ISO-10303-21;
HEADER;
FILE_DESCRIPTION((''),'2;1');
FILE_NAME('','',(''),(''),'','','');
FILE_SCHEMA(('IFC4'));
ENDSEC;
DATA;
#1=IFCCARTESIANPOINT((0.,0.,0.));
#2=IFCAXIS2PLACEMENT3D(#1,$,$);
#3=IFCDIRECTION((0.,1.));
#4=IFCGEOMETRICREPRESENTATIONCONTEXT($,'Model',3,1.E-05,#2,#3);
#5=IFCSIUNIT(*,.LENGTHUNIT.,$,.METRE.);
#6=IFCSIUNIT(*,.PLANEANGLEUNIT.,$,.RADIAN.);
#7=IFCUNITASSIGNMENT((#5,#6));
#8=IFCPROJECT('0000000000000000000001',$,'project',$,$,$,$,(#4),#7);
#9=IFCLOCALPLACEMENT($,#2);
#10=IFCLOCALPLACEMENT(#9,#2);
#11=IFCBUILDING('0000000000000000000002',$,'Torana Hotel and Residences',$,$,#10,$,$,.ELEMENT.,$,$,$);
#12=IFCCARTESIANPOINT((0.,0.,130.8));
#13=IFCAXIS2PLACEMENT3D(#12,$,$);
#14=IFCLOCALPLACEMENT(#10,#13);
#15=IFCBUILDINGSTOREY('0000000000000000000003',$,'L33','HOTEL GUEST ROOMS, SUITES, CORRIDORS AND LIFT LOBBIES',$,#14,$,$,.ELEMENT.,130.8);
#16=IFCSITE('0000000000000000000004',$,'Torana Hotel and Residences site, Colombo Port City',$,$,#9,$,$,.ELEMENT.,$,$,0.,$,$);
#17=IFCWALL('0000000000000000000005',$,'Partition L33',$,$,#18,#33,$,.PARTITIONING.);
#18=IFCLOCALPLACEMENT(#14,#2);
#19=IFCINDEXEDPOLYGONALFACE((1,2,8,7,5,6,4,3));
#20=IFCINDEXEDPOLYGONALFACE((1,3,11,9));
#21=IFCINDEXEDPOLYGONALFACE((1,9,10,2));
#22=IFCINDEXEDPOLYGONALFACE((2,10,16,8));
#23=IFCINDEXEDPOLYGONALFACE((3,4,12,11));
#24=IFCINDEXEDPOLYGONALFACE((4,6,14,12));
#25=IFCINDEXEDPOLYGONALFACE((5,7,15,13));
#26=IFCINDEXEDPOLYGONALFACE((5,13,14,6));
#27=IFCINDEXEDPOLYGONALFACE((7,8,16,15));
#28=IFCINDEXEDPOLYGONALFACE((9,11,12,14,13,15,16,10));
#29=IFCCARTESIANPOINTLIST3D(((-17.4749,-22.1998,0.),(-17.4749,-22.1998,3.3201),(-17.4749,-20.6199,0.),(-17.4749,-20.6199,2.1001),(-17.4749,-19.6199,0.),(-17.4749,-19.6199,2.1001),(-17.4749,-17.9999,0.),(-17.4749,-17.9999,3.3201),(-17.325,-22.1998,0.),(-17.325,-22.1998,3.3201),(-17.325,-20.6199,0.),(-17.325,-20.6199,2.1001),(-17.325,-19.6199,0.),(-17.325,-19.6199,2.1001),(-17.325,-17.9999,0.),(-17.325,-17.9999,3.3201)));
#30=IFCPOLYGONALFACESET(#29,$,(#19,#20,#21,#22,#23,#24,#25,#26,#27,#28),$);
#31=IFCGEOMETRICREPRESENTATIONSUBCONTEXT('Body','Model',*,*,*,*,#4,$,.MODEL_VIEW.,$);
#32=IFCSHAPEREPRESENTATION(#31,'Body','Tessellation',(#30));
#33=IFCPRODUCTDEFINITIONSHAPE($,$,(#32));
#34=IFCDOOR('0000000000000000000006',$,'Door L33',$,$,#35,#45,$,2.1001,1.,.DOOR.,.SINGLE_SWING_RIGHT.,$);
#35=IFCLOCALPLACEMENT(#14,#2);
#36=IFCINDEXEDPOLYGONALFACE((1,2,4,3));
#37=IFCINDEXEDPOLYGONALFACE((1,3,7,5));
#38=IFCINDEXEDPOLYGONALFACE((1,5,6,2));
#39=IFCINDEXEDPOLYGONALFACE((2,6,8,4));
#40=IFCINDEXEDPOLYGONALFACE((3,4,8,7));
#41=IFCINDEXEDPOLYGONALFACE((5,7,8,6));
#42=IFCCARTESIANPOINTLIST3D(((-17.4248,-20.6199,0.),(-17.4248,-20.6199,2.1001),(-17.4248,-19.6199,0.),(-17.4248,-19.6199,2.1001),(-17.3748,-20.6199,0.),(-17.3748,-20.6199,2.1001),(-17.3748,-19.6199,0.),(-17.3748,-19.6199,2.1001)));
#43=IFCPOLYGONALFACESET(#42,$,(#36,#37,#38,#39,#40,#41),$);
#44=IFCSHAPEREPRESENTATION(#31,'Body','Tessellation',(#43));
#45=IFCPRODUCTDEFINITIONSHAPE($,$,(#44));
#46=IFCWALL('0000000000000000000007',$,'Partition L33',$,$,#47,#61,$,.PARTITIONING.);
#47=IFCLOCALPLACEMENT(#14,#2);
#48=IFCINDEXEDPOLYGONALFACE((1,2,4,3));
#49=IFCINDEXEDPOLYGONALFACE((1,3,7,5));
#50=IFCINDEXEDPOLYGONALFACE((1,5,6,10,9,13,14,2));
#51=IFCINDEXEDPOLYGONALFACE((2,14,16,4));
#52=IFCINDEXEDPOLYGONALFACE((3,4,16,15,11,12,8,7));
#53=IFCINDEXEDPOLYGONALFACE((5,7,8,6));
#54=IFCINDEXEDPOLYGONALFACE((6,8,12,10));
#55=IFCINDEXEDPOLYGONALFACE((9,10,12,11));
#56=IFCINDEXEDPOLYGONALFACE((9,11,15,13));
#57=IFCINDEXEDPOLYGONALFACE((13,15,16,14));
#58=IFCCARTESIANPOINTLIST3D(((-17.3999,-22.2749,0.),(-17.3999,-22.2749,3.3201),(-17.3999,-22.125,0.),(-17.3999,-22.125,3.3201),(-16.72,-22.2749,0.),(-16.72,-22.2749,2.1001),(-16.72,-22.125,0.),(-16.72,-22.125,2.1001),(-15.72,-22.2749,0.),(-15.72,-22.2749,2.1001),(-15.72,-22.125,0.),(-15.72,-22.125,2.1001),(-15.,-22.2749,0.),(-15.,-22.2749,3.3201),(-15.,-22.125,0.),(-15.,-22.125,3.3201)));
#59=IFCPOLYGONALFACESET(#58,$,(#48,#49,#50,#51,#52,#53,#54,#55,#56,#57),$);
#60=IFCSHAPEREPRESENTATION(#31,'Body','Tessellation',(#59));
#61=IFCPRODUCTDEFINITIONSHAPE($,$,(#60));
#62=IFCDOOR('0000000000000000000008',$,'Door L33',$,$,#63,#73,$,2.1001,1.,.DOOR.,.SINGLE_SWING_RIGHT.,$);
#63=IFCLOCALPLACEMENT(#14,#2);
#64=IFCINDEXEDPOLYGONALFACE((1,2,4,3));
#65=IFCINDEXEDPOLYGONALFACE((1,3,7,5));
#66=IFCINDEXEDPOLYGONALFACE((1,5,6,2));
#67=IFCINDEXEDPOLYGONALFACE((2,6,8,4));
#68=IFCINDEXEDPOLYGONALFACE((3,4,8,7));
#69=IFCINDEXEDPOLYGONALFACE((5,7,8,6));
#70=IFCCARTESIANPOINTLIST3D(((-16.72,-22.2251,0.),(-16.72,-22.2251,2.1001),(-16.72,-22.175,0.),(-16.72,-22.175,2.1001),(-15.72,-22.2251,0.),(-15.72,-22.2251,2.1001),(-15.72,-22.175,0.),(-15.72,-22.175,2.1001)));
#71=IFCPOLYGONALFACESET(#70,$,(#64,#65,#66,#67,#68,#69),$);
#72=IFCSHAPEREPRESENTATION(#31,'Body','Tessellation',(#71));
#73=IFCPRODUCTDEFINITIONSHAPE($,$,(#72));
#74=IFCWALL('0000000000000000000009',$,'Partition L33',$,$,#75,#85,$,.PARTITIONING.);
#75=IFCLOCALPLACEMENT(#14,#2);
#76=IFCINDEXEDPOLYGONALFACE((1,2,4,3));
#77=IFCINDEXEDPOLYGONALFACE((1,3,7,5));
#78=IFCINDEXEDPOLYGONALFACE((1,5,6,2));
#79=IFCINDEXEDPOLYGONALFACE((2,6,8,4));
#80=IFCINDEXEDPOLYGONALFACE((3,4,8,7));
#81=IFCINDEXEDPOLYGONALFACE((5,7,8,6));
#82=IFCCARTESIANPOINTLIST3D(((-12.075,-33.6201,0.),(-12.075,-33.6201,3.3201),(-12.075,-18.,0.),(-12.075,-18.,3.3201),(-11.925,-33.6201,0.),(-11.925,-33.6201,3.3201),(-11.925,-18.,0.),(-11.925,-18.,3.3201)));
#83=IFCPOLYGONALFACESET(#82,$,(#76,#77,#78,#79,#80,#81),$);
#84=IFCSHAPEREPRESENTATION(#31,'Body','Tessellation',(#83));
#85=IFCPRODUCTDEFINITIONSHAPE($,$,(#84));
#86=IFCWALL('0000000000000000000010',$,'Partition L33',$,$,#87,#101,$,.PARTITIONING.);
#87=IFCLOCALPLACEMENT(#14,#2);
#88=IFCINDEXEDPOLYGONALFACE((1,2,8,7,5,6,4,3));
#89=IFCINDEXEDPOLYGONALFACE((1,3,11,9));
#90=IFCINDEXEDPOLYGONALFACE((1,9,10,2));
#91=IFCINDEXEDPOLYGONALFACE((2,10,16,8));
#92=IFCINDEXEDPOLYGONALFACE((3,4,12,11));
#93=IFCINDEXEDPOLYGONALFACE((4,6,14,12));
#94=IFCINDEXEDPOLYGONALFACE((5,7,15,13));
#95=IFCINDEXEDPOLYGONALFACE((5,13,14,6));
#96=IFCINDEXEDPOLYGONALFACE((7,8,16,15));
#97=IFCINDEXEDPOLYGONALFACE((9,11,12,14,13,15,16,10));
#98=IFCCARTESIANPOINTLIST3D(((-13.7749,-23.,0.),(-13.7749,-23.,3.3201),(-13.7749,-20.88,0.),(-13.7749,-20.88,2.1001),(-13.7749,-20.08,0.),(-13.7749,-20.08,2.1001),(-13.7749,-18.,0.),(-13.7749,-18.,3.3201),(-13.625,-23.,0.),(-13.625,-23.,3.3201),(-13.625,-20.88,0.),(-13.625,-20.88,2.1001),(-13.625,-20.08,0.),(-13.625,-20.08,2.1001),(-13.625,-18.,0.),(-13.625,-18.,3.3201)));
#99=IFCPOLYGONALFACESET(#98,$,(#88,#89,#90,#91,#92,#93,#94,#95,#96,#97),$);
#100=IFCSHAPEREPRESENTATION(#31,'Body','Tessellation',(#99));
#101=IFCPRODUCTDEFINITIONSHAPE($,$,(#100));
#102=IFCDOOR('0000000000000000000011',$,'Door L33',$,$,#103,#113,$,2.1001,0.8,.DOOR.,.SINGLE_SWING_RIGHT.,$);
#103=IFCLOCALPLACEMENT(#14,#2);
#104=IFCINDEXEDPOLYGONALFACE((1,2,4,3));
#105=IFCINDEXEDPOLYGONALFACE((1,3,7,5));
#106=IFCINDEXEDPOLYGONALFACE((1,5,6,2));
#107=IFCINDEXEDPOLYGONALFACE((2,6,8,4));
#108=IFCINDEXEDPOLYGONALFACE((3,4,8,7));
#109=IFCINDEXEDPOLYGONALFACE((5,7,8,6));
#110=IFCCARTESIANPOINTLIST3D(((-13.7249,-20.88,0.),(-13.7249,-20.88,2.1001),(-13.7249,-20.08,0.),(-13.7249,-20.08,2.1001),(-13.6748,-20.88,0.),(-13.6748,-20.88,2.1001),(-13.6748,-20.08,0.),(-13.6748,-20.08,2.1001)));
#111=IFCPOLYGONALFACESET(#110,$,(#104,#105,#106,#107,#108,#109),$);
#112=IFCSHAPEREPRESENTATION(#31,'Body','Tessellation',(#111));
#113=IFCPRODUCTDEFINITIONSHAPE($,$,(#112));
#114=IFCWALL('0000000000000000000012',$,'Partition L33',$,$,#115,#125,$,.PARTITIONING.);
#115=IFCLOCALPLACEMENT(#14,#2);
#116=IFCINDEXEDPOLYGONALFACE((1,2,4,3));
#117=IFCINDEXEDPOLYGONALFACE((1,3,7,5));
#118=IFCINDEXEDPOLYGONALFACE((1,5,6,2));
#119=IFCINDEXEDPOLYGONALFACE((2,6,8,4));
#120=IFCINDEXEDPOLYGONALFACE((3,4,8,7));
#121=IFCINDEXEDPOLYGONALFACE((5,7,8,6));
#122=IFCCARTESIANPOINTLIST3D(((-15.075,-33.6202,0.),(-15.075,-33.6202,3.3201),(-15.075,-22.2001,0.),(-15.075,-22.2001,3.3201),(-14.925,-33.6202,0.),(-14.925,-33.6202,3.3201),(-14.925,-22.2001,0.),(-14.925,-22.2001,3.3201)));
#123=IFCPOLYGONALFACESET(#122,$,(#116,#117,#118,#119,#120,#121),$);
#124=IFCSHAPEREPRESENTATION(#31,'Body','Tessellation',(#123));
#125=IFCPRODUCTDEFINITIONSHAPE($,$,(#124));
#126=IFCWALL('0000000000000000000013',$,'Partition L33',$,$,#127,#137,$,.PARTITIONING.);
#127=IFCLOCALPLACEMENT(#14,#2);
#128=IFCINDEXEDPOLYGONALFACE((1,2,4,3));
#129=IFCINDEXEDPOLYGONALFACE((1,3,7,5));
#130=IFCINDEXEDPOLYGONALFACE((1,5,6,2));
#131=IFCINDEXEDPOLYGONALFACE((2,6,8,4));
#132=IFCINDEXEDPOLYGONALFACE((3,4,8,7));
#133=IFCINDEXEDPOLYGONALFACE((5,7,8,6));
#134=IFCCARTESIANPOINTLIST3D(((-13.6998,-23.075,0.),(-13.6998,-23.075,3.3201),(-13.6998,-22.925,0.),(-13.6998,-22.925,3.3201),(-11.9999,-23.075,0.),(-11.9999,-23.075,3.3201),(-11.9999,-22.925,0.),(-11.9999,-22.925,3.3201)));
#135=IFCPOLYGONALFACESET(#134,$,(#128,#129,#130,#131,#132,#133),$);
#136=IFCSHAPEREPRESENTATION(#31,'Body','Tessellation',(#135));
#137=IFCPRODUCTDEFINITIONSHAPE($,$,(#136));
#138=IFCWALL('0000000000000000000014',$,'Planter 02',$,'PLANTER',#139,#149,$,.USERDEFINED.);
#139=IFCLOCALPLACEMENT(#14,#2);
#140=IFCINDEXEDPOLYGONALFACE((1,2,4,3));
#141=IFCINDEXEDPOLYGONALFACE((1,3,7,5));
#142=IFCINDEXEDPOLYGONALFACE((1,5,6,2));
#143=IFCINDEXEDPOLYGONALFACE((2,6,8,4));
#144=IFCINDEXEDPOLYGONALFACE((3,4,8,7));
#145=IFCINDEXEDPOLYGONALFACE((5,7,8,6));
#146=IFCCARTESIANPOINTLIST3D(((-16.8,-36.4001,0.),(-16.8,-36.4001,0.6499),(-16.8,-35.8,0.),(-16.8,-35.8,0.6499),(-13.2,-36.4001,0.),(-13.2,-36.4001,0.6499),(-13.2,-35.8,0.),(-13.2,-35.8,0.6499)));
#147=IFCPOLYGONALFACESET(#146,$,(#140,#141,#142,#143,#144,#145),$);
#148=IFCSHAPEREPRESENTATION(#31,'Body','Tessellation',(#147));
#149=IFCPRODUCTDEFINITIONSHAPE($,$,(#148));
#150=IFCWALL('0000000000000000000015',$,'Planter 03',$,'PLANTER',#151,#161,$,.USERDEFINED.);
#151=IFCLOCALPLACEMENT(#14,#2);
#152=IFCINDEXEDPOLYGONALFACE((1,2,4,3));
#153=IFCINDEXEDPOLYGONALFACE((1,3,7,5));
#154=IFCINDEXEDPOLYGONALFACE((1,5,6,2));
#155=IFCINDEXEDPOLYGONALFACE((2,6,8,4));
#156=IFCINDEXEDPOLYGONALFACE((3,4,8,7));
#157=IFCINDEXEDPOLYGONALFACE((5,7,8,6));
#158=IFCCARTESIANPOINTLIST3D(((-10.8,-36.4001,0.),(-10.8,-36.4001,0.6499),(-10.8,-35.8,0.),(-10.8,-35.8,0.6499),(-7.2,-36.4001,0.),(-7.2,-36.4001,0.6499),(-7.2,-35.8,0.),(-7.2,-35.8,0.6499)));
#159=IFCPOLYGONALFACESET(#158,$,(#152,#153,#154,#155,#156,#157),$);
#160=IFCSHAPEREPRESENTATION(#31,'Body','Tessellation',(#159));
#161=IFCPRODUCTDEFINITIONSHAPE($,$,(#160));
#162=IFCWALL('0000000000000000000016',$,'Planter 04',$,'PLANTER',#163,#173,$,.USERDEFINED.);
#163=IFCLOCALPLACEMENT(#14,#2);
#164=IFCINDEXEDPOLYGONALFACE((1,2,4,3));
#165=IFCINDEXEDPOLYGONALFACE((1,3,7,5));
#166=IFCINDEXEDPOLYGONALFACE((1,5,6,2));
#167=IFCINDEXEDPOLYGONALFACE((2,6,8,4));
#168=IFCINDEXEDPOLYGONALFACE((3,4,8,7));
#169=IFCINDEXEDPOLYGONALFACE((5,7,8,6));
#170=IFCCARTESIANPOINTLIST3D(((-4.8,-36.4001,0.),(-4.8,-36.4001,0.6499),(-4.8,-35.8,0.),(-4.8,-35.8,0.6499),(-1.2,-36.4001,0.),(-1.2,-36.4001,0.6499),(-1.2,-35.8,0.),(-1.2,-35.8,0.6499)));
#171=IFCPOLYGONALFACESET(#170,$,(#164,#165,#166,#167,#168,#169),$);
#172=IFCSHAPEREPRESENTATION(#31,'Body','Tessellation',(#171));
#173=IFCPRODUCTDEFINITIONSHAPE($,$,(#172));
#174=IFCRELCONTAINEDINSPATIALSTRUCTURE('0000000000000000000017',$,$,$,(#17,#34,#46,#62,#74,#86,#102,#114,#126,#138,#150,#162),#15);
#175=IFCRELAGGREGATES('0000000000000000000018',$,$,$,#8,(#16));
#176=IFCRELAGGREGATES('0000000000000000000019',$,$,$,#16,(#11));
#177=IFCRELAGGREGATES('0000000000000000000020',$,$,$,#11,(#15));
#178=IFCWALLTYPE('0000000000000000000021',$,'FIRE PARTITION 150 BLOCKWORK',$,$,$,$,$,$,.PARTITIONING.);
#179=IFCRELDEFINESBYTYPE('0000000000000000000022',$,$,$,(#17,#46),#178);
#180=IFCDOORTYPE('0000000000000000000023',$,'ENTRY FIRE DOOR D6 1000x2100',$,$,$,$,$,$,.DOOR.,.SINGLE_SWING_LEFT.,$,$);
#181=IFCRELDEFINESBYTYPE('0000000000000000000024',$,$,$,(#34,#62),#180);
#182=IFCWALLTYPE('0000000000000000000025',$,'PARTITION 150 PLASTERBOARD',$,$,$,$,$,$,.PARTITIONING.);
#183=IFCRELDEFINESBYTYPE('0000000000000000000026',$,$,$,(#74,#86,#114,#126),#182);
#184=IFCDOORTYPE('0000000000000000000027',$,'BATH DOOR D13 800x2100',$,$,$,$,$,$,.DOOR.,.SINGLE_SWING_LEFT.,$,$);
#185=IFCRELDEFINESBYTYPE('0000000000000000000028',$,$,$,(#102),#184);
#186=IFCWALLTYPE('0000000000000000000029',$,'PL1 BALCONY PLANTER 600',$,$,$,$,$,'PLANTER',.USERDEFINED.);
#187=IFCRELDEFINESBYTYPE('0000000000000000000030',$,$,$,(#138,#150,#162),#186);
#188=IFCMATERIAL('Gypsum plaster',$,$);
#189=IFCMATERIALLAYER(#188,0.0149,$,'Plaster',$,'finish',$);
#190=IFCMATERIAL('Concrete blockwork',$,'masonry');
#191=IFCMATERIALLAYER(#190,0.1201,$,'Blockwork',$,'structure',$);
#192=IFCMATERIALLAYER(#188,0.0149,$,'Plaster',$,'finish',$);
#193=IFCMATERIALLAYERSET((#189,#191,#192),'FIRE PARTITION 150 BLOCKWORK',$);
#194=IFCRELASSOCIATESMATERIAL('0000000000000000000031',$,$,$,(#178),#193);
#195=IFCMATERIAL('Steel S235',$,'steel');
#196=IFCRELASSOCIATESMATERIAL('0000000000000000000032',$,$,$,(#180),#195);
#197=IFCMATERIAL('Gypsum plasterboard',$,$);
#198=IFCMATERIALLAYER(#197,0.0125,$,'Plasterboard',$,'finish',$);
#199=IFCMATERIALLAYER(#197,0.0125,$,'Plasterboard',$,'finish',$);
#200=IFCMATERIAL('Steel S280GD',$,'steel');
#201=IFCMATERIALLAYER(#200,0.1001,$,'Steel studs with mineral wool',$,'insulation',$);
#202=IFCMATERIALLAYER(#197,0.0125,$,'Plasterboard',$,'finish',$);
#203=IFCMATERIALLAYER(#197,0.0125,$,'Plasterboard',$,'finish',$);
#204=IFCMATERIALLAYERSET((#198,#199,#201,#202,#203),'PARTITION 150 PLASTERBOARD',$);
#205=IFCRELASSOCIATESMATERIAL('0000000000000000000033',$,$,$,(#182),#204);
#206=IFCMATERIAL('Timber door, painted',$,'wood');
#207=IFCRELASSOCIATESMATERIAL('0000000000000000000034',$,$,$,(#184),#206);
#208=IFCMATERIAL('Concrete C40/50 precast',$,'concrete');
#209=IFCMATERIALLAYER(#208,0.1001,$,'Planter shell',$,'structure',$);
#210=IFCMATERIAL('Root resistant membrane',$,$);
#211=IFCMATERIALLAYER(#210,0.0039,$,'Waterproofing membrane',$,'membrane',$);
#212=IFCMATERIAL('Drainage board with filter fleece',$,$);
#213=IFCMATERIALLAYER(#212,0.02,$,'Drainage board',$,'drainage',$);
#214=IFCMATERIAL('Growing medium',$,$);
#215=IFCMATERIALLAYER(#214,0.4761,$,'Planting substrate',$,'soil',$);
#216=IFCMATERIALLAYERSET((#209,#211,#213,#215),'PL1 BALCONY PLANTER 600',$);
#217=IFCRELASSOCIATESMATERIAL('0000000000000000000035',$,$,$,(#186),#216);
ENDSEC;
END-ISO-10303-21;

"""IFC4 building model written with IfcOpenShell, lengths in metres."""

from ifc_helpers import new_model, si_unit, direction, frame, frame_2d, origin, place, context, subcontext, project, spatial, rectangle, extrude, material, layer, layer_set, type_object, element, fill, save


model = new_model("IFC4")

# Units and contexts
model_context = context("Model", 3, precision=1e-05, world=origin(), true_north=direction((0.0, 1.0)))
body_context = subcontext(model_context, "Body", "Model", "MODEL_VIEW")
ifc_project = project(units=[si_unit("LENGTHUNIT", "METRE"), si_unit("PLANEANGLEUNIT", "RADIAN")], contexts=[model_context])

# Site, building, storey
site_placement = place(None, origin())
site = spatial("IfcSite", under=ifc_project, at=site_placement, Name="Torana Hotel and Residences site, Colombo Port City", CompositionType="ELEMENT", RefElevation=0.0)
building_placement = place(site_placement, origin())
building = spatial("IfcBuilding", under=site, at=building_placement, Name="Torana Hotel and Residences", CompositionType="ELEMENT")
storey_placement = place(building_placement, frame((0.0, 0.0, 130.8)))
storey = spatial("IfcBuildingStorey", under=building, at=storey_placement, Name="L33", Description="HOTEL GUEST ROOMS, SUITES, CORRIDORS AND LIFT LOBBIES", CompositionType="ELEMENT", Elevation=130.8)

# Shared definitions
ifc_material_1 = material(Name="Gypsum plaster")
ifc_layer_1 = layer(ifc_material_1, 0.0149, Name="Plaster", Category="finish")
ifc_material_2 = material(Name="Concrete blockwork", Category="masonry")
ifc_layer_2 = layer(ifc_material_2, 0.1201, Name="Blockwork", Category="structure")
ifc_layer_3 = layer(ifc_material_1, 0.0149, Name="Plaster", Category="finish")
ifc_layer_set_1 = layer_set([ifc_layer_1, ifc_layer_2, ifc_layer_3], Name="FIRE PARTITION 150 BLOCKWORK")
wall_type_1 = type_object("IfcWallType", Name="FIRE PARTITION 150 BLOCKWORK", PredefinedType="PARTITIONING", material=ifc_layer_set_1)
ifc_material_3 = material(Name="Steel S235", Category="steel")
door_type_1 = type_object("IfcDoorType", Name="ENTRY FIRE DOOR D6 1000x2100", OperationType="SINGLE_SWING_LEFT", PredefinedType="DOOR", material=ifc_material_3)

# Walls, openings, doors
wall_1_placement = place(storey_placement, frame((-17.3999, -22.2, 0.0), z_axis=(0.0, 0.0, 1.0), x_axis=(0.0, 1.0, 0.0)))
wall_1 = element("IfcWall", 1, at=wall_1_placement, inside=storey, type_object=wall_type_1, Name="Partition L33", PredefinedType="PARTITIONING", context=body_context, shape_type="SweptSolid", body=[
    extrude(rectangle(XDim=4.2, YDim=0.1499, at=frame_2d((2.1001, 0.0))), origin(), (0.0, 0.0, 1.0), 3.3201),
])
opening_1_placement = place(wall_1_placement, frame((1.5801, 0.0, 0.0)))
opening_1 = element("IfcOpeningElement", 2, at=opening_1_placement, cuts=wall_1, PredefinedType="OPENING", context=body_context, shape_type="SweptSolid", body=[
    extrude(rectangle(XDim=1.0, YDim=2.1001, at=frame_2d((0.5, 1.05))), frame((0.0, 0.085, 0.0), z_axis=(0.0, -1.0, 0.0), x_axis=(1.0, 0.0, 0.0)), (0.0, 0.0, 1.0), 0.1699),
])
door_1_placement = place(opening_1_placement, origin())
door_1 = element("IfcDoor", 3, at=door_1_placement, inside=storey, type_object=door_type_1, Name="Door L33", OperationType="SINGLE_SWING_RIGHT", OverallHeight=2.1001, OverallWidth=1.0, PredefinedType="DOOR", context=body_context, shape_type="SweptSolid", body=[
    extrude(rectangle(XDim=1.0, YDim=2.1001, at=frame_2d((0.5, 1.05))), frame((0.0, 0.0249, 0.0), z_axis=(0.0, -1.0, 0.0), x_axis=(1.0, 0.0, 0.0)), (0.0, 0.0, 1.0), 0.05),
])
fill(opening_1, door_1)
wall_2_placement = place(storey_placement, frame((-17.3999, -22.2, 0.0), z_axis=(0.0, 0.0, 1.0), x_axis=(1.0, 0.0, 0.0)))
wall_2 = element("IfcWall", 4, at=wall_2_placement, inside=storey, type_object=wall_type_1, Name="Partition L33", PredefinedType="PARTITIONING", context=body_context, shape_type="SweptSolid", body=[
    extrude(rectangle(XDim=2.3999, YDim=0.1499, at=frame_2d((1.2, 0.0))), origin(), (0.0, 0.0, 1.0), 3.3201),
])
opening_2_placement = place(wall_2_placement, frame((0.6799, 0.0, 0.0)))
opening_2 = element("IfcOpeningElement", 5, at=opening_2_placement, cuts=wall_2, PredefinedType="OPENING", context=body_context, shape_type="SweptSolid", body=[
    extrude(rectangle(XDim=1.0, YDim=2.1001, at=frame_2d((0.5, 1.05))), frame((0.0, 0.085, 0.0), z_axis=(0.0, -1.0, 0.0), x_axis=(1.0, 0.0, 0.0)), (0.0, 0.0, 1.0), 0.1699),
])
door_2_placement = place(opening_2_placement, frame((0.5, 0.0, 0.0), z_axis=(0.0, 0.0, 1.0), x_axis=(-1.0, 0.0, 0.0)))
door_2 = element("IfcDoor", 6, at=door_2_placement, inside=storey, type_object=door_type_1, Name="Door L33", OperationType="SINGLE_SWING_RIGHT", OverallHeight=2.1001, OverallWidth=1.0, PredefinedType="DOOR", context=body_context, shape_type="SweptSolid", body=[
    extrude(rectangle(XDim=1.0, YDim=2.1001, at=frame_2d((0.0, 1.05))), frame((0.0, -0.0249, 0.0), z_axis=(0.0, 1.0, 0.0), x_axis=(-1.0, 0.0, 0.0)), (0.0, 0.0, 1.0), 0.05),
])
fill(opening_2, door_2)

# Wall
ifc_material_4 = material(Name="Gypsum plasterboard")
ifc_layer_4 = layer(ifc_material_4, 0.0125, Name="Plasterboard", Category="finish")
ifc_layer_5 = layer(ifc_material_4, 0.0125, Name="Plasterboard", Category="finish")
ifc_material_5 = material(Name="Steel S280GD", Category="steel")
ifc_layer_6 = layer(ifc_material_5, 0.1001, Name="Steel studs with mineral wool", Category="insulation")
ifc_layer_7 = layer(ifc_material_4, 0.0125, Name="Plasterboard", Category="finish")
ifc_layer_8 = layer(ifc_material_4, 0.0125, Name="Plasterboard", Category="finish")
ifc_layer_set_2 = layer_set([ifc_layer_4, ifc_layer_5, ifc_layer_6, ifc_layer_7, ifc_layer_8], Name="PARTITION 150 PLASTERBOARD")
wall_type_2 = type_object("IfcWallType", Name="PARTITION 150 PLASTERBOARD", PredefinedType="PARTITIONING", material=ifc_layer_set_2)
wall_3_placement = place(storey_placement, frame((-12.0, -33.6201, 0.0), z_axis=(0.0, 0.0, 1.0), x_axis=(0.0, 1.0, 0.0)))
element("IfcWall", 7, at=wall_3_placement, inside=storey, type_object=wall_type_2, Name="Partition L33", PredefinedType="PARTITIONING", context=body_context, shape_type="SweptSolid", body=[
    extrude(rectangle(XDim=15.6201, YDim=0.1499, at=frame_2d((7.8101, 0.0))), origin(), (0.0, 0.0, 1.0), 3.3201),
])

# Wall, opening, door
wall_4_placement = place(storey_placement, frame((-13.7, -23.0, 0.0), z_axis=(0.0, 0.0, 1.0), x_axis=(0.0, 1.0, 0.0)))
wall_4 = element("IfcWall", 8, at=wall_4_placement, inside=storey, type_object=wall_type_2, Name="Partition L33", PredefinedType="PARTITIONING", context=body_context, shape_type="SweptSolid", body=[
    extrude(rectangle(XDim=5.0, YDim=0.1499, at=frame_2d((2.5, 0.0))), origin(), (0.0, 0.0, 1.0), 3.3201),
])
opening_3_placement = place(wall_4_placement, frame((2.1201, 0.0, 0.0)))
opening_3 = element("IfcOpeningElement", 9, at=opening_3_placement, cuts=wall_4, PredefinedType="OPENING", context=body_context, shape_type="SweptSolid", body=[
    extrude(rectangle(XDim=0.8, YDim=2.1001, at=frame_2d((0.3999, 1.05))), frame((0.0, 0.085, 0.0), z_axis=(0.0, -1.0, 0.0), x_axis=(1.0, 0.0, 0.0)), (0.0, 0.0, 1.0), 0.1699),
])
ifc_material_6 = material(Name="Timber door, painted", Category="wood")
door_type_2 = type_object("IfcDoorType", Name="BATH DOOR D13 800x2100", OperationType="SINGLE_SWING_LEFT", PredefinedType="DOOR", material=ifc_material_6)
door_3_placement = place(opening_3_placement, origin())
door_3 = element("IfcDoor", 10, at=door_3_placement, inside=storey, type_object=door_type_2, Name="Door L33", OperationType="SINGLE_SWING_RIGHT", OverallHeight=2.1001, OverallWidth=0.8, PredefinedType="DOOR", context=body_context, shape_type="SweptSolid", body=[
    extrude(rectangle(XDim=0.8, YDim=2.1001, at=frame_2d((0.3999, 1.05))), frame((0.0, 0.0249, 0.0), z_axis=(0.0, -1.0, 0.0), x_axis=(1.0, 0.0, 0.0)), (0.0, 0.0, 1.0), 0.05),
])
fill(opening_3, door_3)

# Walls
wall_5_placement = place(storey_placement, frame((-15.0, -33.6201, 0.0), z_axis=(0.0, 0.0, 1.0), x_axis=(0.0, 1.0, 0.0)))
element("IfcWall", 11, at=wall_5_placement, inside=storey, type_object=wall_type_2, Name="Partition L33", PredefinedType="PARTITIONING", context=body_context, shape_type="SweptSolid", body=[
    extrude(rectangle(XDim=11.4202, YDim=0.1499, at=frame_2d((5.71, 0.0))), origin(), (0.0, 0.0, 1.0), 3.3201),
])
wall_6_placement = place(storey_placement, frame((-13.7, -23.0, 0.0), z_axis=(0.0, 0.0, 1.0), x_axis=(1.0, 0.0, 0.0)))
element("IfcWall", 12, at=wall_6_placement, inside=storey, type_object=wall_type_2, Name="Partition L33", PredefinedType="PARTITIONING", context=body_context, shape_type="SweptSolid", body=[
    extrude(rectangle(XDim=1.7, YDim=0.1499, at=frame_2d((0.8501, 0.0))), origin(), (0.0, 0.0, 1.0), 3.3201),
])
ifc_material_7 = material(Name="Concrete C40/50 precast", Category="concrete")
ifc_layer_9 = layer(ifc_material_7, 0.1001, Name="Planter shell", Category="structure")
ifc_material_8 = material(Name="Root resistant membrane")
ifc_layer_10 = layer(ifc_material_8, 0.0039, Name="Waterproofing membrane", Category="membrane")
ifc_material_9 = material(Name="Drainage board with filter fleece")
ifc_layer_11 = layer(ifc_material_9, 0.02, Name="Drainage board", Category="drainage")
ifc_material_10 = material(Name="Growing medium")
ifc_layer_12 = layer(ifc_material_10, 0.4761, Name="Planting substrate", Category="soil")
ifc_layer_set_3 = layer_set([ifc_layer_9, ifc_layer_10, ifc_layer_11, ifc_layer_12], Name="PL1 BALCONY PLANTER 600")
wall_type_3 = type_object("IfcWallType", Name="PL1 BALCONY PLANTER 600", ElementType="PLANTER", PredefinedType="USERDEFINED", material=ifc_layer_set_3)
for number, where, z_axis, x_axis, name in (
    (13, (-13.2, -36.1001, 0.0), (0.0, 0.0, 1.0), (-1.0, 0.0, 0.0), "Planter 02"),
    (14, (-7.2, -36.1001, 0.0), (0.0, 0.0, 1.0), (-1.0, 0.0, 0.0), "Planter 03"),
    (15, (-1.2, -36.1001, 0.0), (0.0, 0.0, 1.0), (-1.0, 0.0, 0.0), "Planter 04"),
):
    element("IfcWall", number, at=place(storey_placement, frame(where, z_axis=z_axis, x_axis=x_axis)), inside=storey, type_object=wall_type_3, Name=name, ObjectType="PLANTER", PredefinedType="USERDEFINED", context=body_context, shape_type="SweptSolid", body=[
        extrude(rectangle(XDim=3.6001, YDim=0.6001, at=frame_2d((1.8, 0.0))), origin(), (0.0, 0.0, 1.0), 0.6499),
    ])

save(model, "model.ifc")
